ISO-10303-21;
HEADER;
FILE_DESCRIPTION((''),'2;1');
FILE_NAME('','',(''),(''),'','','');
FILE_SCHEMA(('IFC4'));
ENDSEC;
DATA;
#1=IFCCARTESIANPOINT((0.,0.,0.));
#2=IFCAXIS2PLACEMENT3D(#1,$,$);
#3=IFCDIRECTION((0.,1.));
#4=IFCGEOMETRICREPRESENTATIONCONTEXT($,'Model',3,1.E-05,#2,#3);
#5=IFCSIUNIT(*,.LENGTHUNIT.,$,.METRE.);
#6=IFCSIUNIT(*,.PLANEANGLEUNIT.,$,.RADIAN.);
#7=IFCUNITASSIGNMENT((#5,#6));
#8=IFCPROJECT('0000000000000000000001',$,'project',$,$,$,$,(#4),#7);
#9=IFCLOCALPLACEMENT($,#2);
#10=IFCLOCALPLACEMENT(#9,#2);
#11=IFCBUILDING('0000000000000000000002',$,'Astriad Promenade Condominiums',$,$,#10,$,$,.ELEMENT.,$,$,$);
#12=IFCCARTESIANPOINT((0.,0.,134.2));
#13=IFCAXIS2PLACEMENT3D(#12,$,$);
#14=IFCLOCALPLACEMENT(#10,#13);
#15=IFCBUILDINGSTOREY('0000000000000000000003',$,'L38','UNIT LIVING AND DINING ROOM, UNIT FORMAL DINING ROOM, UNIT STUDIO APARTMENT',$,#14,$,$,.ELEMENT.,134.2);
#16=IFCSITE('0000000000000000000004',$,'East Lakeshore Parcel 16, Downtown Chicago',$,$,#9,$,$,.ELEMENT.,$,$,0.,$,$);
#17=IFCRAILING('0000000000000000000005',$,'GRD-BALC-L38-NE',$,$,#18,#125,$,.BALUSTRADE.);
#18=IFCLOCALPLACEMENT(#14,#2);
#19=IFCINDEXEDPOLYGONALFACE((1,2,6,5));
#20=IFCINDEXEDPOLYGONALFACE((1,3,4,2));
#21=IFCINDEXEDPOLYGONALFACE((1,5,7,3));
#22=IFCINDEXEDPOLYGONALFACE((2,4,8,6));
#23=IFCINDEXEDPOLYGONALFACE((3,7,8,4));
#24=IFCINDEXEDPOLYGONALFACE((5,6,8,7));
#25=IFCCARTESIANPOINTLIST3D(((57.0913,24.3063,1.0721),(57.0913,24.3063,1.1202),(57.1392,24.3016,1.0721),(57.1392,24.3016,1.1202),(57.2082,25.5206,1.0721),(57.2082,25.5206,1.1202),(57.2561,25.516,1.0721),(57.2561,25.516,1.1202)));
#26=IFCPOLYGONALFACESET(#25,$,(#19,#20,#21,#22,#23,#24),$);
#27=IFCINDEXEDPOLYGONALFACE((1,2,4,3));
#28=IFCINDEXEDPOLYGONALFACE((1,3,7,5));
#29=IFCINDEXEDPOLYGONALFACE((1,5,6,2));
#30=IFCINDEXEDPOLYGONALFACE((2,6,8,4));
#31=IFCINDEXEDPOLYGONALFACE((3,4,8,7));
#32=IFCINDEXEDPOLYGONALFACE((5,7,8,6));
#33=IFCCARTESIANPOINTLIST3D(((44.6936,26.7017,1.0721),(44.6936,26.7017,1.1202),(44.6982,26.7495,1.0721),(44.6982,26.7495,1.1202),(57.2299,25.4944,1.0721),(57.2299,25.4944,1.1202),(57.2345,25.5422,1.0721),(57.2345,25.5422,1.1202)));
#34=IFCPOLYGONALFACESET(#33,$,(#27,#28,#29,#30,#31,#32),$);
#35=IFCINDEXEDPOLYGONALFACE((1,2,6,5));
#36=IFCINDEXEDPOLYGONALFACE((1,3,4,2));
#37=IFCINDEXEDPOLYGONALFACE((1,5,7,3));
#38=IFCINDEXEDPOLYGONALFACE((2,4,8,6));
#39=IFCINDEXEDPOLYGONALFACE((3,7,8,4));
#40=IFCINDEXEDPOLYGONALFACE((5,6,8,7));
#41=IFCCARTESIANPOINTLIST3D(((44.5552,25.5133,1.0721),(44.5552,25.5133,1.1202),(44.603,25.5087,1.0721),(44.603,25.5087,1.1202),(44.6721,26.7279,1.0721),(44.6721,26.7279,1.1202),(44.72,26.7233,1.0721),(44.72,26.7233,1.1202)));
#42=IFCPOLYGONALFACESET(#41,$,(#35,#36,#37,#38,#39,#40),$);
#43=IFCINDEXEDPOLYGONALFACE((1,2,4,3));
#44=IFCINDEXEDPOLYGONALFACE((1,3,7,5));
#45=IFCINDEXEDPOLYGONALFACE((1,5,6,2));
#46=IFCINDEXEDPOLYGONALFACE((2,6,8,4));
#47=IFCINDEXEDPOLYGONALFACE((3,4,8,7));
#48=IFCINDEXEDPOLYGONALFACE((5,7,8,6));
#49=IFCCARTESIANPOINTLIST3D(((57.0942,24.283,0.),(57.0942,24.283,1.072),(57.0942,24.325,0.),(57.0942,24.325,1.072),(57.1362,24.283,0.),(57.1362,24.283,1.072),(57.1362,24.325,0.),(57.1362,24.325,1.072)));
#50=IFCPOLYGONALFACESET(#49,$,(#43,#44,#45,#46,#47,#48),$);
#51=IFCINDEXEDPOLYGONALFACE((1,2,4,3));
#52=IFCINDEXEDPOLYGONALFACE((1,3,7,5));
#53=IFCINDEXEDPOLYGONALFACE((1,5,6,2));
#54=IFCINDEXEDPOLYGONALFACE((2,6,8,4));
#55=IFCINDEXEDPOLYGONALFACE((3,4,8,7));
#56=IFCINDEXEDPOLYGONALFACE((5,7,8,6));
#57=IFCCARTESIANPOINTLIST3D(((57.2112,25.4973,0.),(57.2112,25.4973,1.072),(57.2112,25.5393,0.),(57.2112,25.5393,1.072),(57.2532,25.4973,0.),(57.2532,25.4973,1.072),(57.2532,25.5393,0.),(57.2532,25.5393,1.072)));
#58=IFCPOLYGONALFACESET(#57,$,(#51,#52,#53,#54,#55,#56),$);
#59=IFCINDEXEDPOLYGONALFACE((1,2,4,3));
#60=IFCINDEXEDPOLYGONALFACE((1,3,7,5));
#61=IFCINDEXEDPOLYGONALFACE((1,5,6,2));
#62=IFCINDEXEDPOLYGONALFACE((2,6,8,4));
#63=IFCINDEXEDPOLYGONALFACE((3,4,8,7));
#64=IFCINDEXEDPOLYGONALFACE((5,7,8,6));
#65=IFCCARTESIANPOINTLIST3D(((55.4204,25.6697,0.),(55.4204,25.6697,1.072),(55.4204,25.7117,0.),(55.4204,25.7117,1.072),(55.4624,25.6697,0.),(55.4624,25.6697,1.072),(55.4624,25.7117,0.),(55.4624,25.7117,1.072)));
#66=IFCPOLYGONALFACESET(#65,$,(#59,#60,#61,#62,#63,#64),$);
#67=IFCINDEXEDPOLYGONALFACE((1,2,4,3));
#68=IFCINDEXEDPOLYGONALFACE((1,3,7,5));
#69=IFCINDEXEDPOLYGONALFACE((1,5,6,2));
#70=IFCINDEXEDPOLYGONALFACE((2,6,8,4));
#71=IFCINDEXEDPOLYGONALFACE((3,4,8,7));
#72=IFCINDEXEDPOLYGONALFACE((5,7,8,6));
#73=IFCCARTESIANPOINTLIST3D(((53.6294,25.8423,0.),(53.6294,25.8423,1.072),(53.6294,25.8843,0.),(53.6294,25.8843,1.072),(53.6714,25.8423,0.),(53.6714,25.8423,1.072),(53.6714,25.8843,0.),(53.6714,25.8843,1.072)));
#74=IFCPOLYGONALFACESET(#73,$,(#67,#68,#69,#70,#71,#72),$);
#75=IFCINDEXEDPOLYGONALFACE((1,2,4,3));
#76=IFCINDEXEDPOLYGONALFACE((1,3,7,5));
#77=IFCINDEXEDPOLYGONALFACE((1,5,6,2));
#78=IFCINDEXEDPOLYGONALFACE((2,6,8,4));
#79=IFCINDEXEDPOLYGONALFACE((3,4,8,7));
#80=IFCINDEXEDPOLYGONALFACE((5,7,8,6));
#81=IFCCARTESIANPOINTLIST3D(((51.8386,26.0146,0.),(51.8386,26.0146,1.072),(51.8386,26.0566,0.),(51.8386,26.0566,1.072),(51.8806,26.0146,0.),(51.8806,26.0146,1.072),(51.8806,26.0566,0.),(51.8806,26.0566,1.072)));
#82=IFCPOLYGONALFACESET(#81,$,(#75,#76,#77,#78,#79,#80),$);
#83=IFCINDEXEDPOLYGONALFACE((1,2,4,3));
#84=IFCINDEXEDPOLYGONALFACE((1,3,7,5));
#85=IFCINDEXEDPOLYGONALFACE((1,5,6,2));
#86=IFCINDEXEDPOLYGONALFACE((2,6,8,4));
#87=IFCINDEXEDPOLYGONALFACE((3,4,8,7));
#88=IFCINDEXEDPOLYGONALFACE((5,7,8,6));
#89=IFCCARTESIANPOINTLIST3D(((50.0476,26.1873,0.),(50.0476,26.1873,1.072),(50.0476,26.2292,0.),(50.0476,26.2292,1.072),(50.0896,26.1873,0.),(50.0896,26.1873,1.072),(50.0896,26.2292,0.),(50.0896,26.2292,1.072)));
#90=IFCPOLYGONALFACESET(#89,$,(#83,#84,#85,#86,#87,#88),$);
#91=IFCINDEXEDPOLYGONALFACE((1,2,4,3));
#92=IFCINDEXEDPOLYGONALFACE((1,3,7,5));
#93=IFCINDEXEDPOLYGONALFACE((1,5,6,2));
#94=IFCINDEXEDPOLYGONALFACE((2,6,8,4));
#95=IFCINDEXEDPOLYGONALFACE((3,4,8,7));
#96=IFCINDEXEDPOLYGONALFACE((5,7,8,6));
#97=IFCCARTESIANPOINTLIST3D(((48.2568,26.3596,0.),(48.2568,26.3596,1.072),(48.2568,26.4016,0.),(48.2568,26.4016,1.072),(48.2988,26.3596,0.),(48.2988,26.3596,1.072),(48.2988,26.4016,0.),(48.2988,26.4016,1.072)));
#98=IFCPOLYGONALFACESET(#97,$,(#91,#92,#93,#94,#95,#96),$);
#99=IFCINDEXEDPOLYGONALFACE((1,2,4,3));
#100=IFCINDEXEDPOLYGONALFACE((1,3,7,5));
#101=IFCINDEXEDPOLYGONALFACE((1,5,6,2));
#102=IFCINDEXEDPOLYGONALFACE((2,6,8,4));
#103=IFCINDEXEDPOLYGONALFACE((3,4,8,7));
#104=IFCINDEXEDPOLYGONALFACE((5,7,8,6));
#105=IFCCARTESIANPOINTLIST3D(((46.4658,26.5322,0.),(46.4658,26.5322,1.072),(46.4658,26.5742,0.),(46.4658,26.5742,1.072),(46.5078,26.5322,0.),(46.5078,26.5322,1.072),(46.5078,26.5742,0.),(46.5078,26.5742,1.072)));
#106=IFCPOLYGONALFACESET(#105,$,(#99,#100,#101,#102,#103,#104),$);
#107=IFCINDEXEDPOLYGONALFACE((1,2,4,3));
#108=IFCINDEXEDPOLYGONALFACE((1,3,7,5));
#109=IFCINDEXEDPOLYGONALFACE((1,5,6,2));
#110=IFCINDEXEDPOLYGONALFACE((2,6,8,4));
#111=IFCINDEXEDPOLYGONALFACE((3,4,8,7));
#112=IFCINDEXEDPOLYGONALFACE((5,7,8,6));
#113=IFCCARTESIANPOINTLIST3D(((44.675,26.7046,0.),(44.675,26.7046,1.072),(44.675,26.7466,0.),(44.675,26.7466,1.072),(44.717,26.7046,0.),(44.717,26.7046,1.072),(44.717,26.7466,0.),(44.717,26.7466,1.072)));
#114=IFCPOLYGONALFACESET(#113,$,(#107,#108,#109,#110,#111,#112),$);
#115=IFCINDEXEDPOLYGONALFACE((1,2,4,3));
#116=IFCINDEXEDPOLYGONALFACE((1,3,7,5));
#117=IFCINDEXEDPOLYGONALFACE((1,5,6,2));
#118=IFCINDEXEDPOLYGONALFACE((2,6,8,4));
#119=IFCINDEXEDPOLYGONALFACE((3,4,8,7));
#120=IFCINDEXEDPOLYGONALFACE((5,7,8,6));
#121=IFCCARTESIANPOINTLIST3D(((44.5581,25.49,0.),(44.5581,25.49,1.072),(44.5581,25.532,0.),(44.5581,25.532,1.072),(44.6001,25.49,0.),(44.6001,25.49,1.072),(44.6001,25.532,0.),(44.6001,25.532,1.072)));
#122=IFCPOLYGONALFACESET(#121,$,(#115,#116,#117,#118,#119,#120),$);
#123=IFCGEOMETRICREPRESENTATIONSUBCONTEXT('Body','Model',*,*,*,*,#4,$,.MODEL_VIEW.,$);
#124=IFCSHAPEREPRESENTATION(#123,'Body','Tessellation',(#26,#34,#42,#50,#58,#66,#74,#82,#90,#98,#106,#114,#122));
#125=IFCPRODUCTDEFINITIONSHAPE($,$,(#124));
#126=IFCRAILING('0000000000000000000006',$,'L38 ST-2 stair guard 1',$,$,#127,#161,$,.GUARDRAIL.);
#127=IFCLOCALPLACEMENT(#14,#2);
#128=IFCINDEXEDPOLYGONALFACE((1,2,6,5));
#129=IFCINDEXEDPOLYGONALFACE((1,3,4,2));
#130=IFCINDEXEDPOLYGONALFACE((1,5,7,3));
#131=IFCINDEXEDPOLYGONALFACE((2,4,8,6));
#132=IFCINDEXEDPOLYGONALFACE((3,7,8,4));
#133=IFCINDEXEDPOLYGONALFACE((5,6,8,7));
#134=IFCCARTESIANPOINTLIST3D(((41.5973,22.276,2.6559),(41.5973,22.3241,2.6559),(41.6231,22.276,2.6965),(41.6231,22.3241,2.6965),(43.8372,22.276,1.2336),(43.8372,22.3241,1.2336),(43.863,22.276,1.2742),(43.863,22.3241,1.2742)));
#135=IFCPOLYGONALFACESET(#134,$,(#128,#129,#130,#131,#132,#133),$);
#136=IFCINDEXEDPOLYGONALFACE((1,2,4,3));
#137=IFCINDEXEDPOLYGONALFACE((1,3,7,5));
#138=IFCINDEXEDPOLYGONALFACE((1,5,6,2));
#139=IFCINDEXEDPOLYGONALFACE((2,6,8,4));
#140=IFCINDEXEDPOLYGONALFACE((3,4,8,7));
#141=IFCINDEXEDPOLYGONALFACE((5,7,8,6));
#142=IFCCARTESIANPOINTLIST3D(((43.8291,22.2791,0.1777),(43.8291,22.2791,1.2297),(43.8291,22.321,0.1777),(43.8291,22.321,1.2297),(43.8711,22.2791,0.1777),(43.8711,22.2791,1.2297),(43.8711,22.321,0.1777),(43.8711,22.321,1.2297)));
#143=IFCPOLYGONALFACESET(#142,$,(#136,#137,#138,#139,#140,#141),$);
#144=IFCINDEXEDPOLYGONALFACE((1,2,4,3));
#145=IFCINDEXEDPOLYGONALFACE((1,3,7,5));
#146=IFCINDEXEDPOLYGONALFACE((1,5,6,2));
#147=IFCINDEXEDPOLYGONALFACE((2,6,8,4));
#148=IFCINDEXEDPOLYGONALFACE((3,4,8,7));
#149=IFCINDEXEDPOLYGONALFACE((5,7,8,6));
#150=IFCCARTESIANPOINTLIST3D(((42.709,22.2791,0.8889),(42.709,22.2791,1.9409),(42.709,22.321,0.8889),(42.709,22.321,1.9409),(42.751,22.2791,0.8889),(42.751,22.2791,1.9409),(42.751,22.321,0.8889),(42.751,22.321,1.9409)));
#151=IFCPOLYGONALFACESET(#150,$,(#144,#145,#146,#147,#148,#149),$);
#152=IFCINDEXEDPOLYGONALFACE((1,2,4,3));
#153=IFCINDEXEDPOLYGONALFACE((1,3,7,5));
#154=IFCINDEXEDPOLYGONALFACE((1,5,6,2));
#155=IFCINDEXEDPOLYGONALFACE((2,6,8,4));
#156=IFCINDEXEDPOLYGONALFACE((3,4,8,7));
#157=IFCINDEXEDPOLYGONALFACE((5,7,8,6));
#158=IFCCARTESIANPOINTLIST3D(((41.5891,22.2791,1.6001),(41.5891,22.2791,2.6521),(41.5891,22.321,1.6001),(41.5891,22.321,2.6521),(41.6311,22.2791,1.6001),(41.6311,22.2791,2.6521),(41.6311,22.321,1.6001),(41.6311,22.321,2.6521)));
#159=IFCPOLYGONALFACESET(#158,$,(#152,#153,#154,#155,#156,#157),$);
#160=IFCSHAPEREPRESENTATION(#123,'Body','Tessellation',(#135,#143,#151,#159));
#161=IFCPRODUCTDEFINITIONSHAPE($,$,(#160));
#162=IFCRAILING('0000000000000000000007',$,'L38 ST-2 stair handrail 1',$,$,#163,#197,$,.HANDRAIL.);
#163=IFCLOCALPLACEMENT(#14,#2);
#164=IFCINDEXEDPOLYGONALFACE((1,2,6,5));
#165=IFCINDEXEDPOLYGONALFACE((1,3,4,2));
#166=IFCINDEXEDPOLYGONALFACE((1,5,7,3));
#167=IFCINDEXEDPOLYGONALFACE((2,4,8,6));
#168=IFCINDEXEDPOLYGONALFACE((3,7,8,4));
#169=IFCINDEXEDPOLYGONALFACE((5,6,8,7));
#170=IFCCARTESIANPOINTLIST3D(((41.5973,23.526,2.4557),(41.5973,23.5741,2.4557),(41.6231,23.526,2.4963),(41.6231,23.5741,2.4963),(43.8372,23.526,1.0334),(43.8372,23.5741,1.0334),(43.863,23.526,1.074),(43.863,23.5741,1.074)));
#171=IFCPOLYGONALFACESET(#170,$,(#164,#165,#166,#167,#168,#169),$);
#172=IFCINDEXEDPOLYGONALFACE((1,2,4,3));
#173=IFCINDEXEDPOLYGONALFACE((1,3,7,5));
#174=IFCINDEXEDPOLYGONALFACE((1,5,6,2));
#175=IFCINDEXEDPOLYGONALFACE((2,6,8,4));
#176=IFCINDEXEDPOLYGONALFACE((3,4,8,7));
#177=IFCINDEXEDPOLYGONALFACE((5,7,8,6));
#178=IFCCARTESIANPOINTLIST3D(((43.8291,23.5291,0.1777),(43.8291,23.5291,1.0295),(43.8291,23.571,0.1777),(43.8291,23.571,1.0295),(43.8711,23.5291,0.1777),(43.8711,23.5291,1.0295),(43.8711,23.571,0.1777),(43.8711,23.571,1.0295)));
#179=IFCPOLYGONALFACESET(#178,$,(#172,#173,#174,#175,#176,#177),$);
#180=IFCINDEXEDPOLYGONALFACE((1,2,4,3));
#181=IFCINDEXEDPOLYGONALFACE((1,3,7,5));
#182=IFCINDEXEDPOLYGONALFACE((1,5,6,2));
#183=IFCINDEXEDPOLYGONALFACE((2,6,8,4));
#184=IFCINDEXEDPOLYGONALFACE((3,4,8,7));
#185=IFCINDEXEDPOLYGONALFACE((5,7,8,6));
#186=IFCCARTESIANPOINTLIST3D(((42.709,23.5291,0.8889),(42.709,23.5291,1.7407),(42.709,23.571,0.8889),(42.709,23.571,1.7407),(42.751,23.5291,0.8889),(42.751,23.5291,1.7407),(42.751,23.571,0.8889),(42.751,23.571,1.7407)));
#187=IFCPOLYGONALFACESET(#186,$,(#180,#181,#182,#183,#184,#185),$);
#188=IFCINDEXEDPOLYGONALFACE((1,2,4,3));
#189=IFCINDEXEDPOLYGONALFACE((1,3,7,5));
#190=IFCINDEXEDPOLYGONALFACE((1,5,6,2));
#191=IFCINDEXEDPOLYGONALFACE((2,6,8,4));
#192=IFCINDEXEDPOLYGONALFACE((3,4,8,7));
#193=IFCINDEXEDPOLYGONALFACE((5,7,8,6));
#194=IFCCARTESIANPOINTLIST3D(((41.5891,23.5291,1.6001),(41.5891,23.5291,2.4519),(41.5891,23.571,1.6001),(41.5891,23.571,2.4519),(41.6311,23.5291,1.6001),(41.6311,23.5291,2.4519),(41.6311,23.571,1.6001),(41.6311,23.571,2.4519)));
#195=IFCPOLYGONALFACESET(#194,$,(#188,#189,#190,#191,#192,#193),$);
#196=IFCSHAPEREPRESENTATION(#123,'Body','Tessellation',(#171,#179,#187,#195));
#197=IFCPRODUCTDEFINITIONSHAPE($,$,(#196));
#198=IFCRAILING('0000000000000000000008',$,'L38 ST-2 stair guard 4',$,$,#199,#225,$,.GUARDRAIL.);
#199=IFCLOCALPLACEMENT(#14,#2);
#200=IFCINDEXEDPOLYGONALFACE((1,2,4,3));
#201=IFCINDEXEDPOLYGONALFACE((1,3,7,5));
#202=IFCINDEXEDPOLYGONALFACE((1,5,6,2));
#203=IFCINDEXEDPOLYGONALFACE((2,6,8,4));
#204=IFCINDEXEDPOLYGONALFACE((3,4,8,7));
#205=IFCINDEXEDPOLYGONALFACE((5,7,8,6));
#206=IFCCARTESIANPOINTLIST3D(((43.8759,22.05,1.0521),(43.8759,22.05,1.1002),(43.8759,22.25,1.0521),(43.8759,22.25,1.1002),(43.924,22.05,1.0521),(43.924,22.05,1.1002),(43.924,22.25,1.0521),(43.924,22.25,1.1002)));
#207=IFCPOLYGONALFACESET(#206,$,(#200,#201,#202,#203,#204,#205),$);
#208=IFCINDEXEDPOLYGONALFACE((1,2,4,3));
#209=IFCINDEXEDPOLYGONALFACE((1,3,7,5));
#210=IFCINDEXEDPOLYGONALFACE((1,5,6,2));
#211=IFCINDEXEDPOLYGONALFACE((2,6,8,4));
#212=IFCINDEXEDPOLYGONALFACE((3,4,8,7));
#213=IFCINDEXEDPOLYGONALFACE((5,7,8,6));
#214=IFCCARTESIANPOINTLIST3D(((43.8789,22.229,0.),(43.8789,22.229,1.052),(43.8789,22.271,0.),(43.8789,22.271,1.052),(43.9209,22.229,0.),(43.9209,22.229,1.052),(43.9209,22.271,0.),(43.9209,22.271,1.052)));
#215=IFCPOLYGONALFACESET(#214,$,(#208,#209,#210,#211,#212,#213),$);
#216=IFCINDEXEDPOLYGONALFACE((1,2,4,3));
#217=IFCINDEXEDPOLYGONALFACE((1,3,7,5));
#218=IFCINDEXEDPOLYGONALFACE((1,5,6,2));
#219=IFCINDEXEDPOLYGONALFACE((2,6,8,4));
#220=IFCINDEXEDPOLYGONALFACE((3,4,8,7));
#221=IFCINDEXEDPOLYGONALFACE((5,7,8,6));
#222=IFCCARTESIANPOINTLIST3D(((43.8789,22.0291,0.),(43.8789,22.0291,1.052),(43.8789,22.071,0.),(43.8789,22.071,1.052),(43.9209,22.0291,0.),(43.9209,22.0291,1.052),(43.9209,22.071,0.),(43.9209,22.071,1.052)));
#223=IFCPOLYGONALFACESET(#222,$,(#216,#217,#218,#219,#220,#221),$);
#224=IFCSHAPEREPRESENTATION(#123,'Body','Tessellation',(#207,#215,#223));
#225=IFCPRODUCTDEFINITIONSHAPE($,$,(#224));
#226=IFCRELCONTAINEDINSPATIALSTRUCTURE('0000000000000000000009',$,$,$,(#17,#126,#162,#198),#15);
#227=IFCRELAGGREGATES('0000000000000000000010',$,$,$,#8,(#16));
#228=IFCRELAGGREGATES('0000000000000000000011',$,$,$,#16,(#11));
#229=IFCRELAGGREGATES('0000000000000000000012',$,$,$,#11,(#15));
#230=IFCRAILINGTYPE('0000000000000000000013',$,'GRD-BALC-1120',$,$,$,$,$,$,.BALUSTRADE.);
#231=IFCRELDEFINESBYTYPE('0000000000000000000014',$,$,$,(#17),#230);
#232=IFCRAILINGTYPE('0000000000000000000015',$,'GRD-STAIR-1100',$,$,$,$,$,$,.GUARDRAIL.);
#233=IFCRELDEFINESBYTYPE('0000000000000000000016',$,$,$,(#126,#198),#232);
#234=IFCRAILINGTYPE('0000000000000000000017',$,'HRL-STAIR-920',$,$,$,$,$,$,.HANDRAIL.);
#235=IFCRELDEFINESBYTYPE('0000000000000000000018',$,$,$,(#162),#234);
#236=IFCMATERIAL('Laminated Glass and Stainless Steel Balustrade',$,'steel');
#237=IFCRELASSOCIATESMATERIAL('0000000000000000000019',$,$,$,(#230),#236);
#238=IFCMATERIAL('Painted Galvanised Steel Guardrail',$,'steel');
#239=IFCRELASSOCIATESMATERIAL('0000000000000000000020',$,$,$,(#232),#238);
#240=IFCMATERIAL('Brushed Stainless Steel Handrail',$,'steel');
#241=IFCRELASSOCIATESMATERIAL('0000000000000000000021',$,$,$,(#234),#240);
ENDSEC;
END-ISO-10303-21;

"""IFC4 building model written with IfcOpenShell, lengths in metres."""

from ifc_helpers import new_model, si_unit, direction, frame, origin, origin_2d, place, context, subcontext, project, spatial, rectangle, extrude, source, transform, mapped, material, type_object, type_shapes, element, save


model = new_model("IFC4")

# Units and contexts
model_context = context("Model", 3, precision=1e-05, world=origin(), true_north=direction((0.0, 1.0)))
body_context = subcontext(model_context, "Body", "Model", "MODEL_VIEW")
ifc_project = project(units=[si_unit("LENGTHUNIT", "METRE"), si_unit("PLANEANGLEUNIT", "RADIAN")], contexts=[model_context])

# Site, building, storey
site_placement = place(None, origin())
site = spatial("IfcSite", under=ifc_project, at=site_placement, Name="East Lakeshore Parcel 16, Downtown Chicago", CompositionType="ELEMENT", RefElevation=0.0)
building_placement = place(site_placement, origin())
building = spatial("IfcBuilding", under=site, at=building_placement, Name="Astriad Promenade Condominiums", CompositionType="ELEMENT")
storey_placement = place(building_placement, frame((0.0, 0.0, 134.2)))
storey = spatial("IfcBuildingStorey", under=building, at=storey_placement, Name="L38", Description="UNIT LIVING AND DINING ROOM, UNIT FORMAL DINING ROOM, UNIT STUDIO APARTMENT", CompositionType="ELEMENT", Elevation=134.2)

# Railings
ifc_material_1 = material(Name="Laminated Glass and Stainless Steel Balustrade", Category="steel")
railing_type_1 = type_object("IfcRailingType", Name="GRD-BALC-1120", PredefinedType="BALUSTRADE", material=ifc_material_1)
shared_shape_1 = source(origin(), body_context, "Body", "SweptSolid", [
    extrude(rectangle(XDim=0.0481, YDim=0.0481, at=origin_2d()), frame((0.0, 0.0, 1.0962), z_axis=(0.095857, 0.995395, 0.0), x_axis=(-0.995395, 0.095857, 0.0)), (0.0, 0.0, 1.0), 1.22),
    extrude(rectangle(XDim=0.0481, YDim=0.0481, at=origin_2d()), frame((0.1169, 1.2144, 1.0962), z_axis=(-0.995395, 0.09586, 0.0), x_axis=(-0.09586, -0.995395, 0.0)), (0.0, 0.0, 1.0), 12.5942),
    extrude(rectangle(XDim=0.0481, YDim=0.0481, at=origin_2d()), frame((-12.4192, 2.4216, 1.0962), z_axis=(-0.095838, -0.995397, 0.0), x_axis=(0.995397, -0.095838, 0.0)), (0.0, 0.0, 1.0), 1.2202),
    extrude(rectangle(XDim=0.042, YDim=0.042, at=origin_2d()), origin(), (0.0, 0.0, 1.0), 1.072),
    extrude(rectangle(XDim=0.042, YDim=0.042, at=origin_2d()), frame((0.1169, 1.2144, 0.0)), (0.0, 0.0, 1.0), 1.072),
    extrude(rectangle(XDim=0.042, YDim=0.042, at=origin_2d()), frame((-1.6738, 1.3867, 0.0)), (0.0, 0.0, 1.0), 1.072),
    extrude(rectangle(XDim=0.042, YDim=0.042, at=origin_2d()), frame((-3.4648, 1.5593, 0.0)), (0.0, 0.0, 1.0), 1.072),
    extrude(rectangle(XDim=0.042, YDim=0.042, at=origin_2d()), frame((-5.2556, 1.7317, 0.0)), (0.0, 0.0, 1.0), 1.072),
    extrude(rectangle(XDim=0.042, YDim=0.042, at=origin_2d()), frame((-7.0466, 1.9043, 0.0)), (0.0, 0.0, 1.0), 1.072),
    extrude(rectangle(XDim=0.042, YDim=0.042, at=origin_2d()), frame((-8.8374, 2.0767, 0.0)), (0.0, 0.0, 1.0), 1.072),
    extrude(rectangle(XDim=0.042, YDim=0.042, at=origin_2d()), frame((-10.6284, 2.2493, 0.0)), (0.0, 0.0, 1.0), 1.072),
    extrude(rectangle(XDim=0.042, YDim=0.042, at=origin_2d()), frame((-12.4192, 2.4216, 0.0)), (0.0, 0.0, 1.0), 1.072),
    extrude(rectangle(XDim=0.042, YDim=0.042, at=origin_2d()), frame((-12.5361, 1.207, 0.0)), (0.0, 0.0, 1.0), 1.072),
])
type_shapes(railing_type_1, [shared_shape_1])
railing_1_placement = place(storey_placement, frame((57.1152, 24.304, 0.0)))
element("IfcRailing", 1, at=railing_1_placement, inside=storey, type_object=railing_type_1, Name="GRD-BALC-L38-NE", PredefinedType="BALUSTRADE", context=body_context, shape_type="MappedRepresentation", body=[
    mapped(shared_shape_1, transform((0.0, 0.0, 0.0), scale=1.0)),
])
ifc_material_2 = material(Name="Painted Galvanised Steel Guardrail", Category="steel")
railing_type_2 = type_object("IfcRailingType", Name="GRD-STAIR-1100", PredefinedType="GUARDRAIL", material=ifc_material_2)
shared_shape_2 = source(origin(), body_context, "Body", "SweptSolid", [
    extrude(rectangle(XDim=0.0481, YDim=0.0481, at=origin_2d()), frame((0.0, 0.0, 1.0762), z_axis=(-0.844188, 0.0, 0.536048), x_axis=(0.0, -1.0, 0.0)), (0.0, 0.0, 1.0), 2.6533),
    extrude(rectangle(XDim=0.042, YDim=0.042, at=origin_2d()), origin(), (0.0, 0.0, 1.0), 1.052),
    extrude(rectangle(XDim=0.042, YDim=0.042, at=origin_2d()), frame((-1.1201, 0.0, 0.7112)), (0.0, 0.0, 1.0), 1.052),
    extrude(rectangle(XDim=0.042, YDim=0.042, at=origin_2d()), frame((-2.24, 0.0, 1.4224)), (0.0, 0.0, 1.0), 1.052),
])
railing_2_placement = place(storey_placement, frame((43.8501, 22.3, 0.1777)))
element("IfcRailing", 2, at=railing_2_placement, inside=storey, type_object=railing_type_2, Name="L38 ST-2 stair guard 1", PredefinedType="GUARDRAIL", context=body_context, shape_type="MappedRepresentation", body=[
    mapped(shared_shape_2, transform((0.0, 0.0, 0.0), scale=1.0)),
])
ifc_material_3 = material(Name="Brushed Stainless Steel Handrail", Category="steel")
railing_type_3 = type_object("IfcRailingType", Name="HRL-STAIR-920", PredefinedType="HANDRAIL", material=ifc_material_3)
shared_shape_3 = source(origin(), body_context, "Body", "SweptSolid", [
    extrude(rectangle(XDim=0.0481, YDim=0.0481, at=origin_2d()), frame((0.0, 0.0, 0.876), z_axis=(-0.844188, 0.0, 0.536048), x_axis=(0.0, -1.0, 0.0)), (0.0, 0.0, 1.0), 2.6533),
    extrude(rectangle(XDim=0.042, YDim=0.042, at=origin_2d()), origin(), (0.0, 0.0, 1.0), 0.8518),
    extrude(rectangle(XDim=0.042, YDim=0.042, at=origin_2d()), frame((-1.1201, 0.0, 0.7112)), (0.0, 0.0, 1.0), 0.8518),
    extrude(rectangle(XDim=0.042, YDim=0.042, at=origin_2d()), frame((-2.24, 0.0, 1.4224)), (0.0, 0.0, 1.0), 0.8518),
])
type_shapes(railing_type_3, [shared_shape_3])
railing_3_placement = place(storey_placement, frame((43.8501, 23.55, 0.1777)))
element("IfcRailing", 3, at=railing_3_placement, inside=storey, type_object=railing_type_3, Name="L38 ST-2 stair handrail 1", PredefinedType="HANDRAIL", context=body_context, shape_type="MappedRepresentation", body=[
    mapped(shared_shape_3, transform((0.0, 0.0, 0.0), scale=1.0)),
])
shared_shape_4 = source(origin(), body_context, "Body", "SweptSolid", [
    extrude(rectangle(XDim=0.0481, YDim=0.0481, at=origin_2d()), frame((0.0, 0.0, 1.0762), z_axis=(0.0, -1.0, 0.0), x_axis=(1.0, 0.0, 0.0)), (0.0, 0.0, 1.0), 0.2),
    extrude(rectangle(XDim=0.042, YDim=0.042, at=origin_2d()), origin(), (0.0, 0.0, 1.0), 1.052),
    extrude(rectangle(XDim=0.042, YDim=0.042, at=origin_2d()), frame((0.0, -0.2, 0.0)), (0.0, 0.0, 1.0), 1.052),
])
type_shapes(railing_type_2, [shared_shape_2, shared_shape_4])
railing_4_placement = place(storey_placement, frame((43.8999, 22.25, 0.0)))
element("IfcRailing", 4, at=railing_4_placement, inside=storey, type_object=railing_type_2, Name="L38 ST-2 stair guard 4", PredefinedType="GUARDRAIL", context=body_context, shape_type="MappedRepresentation", body=[
    mapped(shared_shape_4, transform((0.0, 0.0, 0.0), scale=1.0)),
])

save(model, "model.ifc")
